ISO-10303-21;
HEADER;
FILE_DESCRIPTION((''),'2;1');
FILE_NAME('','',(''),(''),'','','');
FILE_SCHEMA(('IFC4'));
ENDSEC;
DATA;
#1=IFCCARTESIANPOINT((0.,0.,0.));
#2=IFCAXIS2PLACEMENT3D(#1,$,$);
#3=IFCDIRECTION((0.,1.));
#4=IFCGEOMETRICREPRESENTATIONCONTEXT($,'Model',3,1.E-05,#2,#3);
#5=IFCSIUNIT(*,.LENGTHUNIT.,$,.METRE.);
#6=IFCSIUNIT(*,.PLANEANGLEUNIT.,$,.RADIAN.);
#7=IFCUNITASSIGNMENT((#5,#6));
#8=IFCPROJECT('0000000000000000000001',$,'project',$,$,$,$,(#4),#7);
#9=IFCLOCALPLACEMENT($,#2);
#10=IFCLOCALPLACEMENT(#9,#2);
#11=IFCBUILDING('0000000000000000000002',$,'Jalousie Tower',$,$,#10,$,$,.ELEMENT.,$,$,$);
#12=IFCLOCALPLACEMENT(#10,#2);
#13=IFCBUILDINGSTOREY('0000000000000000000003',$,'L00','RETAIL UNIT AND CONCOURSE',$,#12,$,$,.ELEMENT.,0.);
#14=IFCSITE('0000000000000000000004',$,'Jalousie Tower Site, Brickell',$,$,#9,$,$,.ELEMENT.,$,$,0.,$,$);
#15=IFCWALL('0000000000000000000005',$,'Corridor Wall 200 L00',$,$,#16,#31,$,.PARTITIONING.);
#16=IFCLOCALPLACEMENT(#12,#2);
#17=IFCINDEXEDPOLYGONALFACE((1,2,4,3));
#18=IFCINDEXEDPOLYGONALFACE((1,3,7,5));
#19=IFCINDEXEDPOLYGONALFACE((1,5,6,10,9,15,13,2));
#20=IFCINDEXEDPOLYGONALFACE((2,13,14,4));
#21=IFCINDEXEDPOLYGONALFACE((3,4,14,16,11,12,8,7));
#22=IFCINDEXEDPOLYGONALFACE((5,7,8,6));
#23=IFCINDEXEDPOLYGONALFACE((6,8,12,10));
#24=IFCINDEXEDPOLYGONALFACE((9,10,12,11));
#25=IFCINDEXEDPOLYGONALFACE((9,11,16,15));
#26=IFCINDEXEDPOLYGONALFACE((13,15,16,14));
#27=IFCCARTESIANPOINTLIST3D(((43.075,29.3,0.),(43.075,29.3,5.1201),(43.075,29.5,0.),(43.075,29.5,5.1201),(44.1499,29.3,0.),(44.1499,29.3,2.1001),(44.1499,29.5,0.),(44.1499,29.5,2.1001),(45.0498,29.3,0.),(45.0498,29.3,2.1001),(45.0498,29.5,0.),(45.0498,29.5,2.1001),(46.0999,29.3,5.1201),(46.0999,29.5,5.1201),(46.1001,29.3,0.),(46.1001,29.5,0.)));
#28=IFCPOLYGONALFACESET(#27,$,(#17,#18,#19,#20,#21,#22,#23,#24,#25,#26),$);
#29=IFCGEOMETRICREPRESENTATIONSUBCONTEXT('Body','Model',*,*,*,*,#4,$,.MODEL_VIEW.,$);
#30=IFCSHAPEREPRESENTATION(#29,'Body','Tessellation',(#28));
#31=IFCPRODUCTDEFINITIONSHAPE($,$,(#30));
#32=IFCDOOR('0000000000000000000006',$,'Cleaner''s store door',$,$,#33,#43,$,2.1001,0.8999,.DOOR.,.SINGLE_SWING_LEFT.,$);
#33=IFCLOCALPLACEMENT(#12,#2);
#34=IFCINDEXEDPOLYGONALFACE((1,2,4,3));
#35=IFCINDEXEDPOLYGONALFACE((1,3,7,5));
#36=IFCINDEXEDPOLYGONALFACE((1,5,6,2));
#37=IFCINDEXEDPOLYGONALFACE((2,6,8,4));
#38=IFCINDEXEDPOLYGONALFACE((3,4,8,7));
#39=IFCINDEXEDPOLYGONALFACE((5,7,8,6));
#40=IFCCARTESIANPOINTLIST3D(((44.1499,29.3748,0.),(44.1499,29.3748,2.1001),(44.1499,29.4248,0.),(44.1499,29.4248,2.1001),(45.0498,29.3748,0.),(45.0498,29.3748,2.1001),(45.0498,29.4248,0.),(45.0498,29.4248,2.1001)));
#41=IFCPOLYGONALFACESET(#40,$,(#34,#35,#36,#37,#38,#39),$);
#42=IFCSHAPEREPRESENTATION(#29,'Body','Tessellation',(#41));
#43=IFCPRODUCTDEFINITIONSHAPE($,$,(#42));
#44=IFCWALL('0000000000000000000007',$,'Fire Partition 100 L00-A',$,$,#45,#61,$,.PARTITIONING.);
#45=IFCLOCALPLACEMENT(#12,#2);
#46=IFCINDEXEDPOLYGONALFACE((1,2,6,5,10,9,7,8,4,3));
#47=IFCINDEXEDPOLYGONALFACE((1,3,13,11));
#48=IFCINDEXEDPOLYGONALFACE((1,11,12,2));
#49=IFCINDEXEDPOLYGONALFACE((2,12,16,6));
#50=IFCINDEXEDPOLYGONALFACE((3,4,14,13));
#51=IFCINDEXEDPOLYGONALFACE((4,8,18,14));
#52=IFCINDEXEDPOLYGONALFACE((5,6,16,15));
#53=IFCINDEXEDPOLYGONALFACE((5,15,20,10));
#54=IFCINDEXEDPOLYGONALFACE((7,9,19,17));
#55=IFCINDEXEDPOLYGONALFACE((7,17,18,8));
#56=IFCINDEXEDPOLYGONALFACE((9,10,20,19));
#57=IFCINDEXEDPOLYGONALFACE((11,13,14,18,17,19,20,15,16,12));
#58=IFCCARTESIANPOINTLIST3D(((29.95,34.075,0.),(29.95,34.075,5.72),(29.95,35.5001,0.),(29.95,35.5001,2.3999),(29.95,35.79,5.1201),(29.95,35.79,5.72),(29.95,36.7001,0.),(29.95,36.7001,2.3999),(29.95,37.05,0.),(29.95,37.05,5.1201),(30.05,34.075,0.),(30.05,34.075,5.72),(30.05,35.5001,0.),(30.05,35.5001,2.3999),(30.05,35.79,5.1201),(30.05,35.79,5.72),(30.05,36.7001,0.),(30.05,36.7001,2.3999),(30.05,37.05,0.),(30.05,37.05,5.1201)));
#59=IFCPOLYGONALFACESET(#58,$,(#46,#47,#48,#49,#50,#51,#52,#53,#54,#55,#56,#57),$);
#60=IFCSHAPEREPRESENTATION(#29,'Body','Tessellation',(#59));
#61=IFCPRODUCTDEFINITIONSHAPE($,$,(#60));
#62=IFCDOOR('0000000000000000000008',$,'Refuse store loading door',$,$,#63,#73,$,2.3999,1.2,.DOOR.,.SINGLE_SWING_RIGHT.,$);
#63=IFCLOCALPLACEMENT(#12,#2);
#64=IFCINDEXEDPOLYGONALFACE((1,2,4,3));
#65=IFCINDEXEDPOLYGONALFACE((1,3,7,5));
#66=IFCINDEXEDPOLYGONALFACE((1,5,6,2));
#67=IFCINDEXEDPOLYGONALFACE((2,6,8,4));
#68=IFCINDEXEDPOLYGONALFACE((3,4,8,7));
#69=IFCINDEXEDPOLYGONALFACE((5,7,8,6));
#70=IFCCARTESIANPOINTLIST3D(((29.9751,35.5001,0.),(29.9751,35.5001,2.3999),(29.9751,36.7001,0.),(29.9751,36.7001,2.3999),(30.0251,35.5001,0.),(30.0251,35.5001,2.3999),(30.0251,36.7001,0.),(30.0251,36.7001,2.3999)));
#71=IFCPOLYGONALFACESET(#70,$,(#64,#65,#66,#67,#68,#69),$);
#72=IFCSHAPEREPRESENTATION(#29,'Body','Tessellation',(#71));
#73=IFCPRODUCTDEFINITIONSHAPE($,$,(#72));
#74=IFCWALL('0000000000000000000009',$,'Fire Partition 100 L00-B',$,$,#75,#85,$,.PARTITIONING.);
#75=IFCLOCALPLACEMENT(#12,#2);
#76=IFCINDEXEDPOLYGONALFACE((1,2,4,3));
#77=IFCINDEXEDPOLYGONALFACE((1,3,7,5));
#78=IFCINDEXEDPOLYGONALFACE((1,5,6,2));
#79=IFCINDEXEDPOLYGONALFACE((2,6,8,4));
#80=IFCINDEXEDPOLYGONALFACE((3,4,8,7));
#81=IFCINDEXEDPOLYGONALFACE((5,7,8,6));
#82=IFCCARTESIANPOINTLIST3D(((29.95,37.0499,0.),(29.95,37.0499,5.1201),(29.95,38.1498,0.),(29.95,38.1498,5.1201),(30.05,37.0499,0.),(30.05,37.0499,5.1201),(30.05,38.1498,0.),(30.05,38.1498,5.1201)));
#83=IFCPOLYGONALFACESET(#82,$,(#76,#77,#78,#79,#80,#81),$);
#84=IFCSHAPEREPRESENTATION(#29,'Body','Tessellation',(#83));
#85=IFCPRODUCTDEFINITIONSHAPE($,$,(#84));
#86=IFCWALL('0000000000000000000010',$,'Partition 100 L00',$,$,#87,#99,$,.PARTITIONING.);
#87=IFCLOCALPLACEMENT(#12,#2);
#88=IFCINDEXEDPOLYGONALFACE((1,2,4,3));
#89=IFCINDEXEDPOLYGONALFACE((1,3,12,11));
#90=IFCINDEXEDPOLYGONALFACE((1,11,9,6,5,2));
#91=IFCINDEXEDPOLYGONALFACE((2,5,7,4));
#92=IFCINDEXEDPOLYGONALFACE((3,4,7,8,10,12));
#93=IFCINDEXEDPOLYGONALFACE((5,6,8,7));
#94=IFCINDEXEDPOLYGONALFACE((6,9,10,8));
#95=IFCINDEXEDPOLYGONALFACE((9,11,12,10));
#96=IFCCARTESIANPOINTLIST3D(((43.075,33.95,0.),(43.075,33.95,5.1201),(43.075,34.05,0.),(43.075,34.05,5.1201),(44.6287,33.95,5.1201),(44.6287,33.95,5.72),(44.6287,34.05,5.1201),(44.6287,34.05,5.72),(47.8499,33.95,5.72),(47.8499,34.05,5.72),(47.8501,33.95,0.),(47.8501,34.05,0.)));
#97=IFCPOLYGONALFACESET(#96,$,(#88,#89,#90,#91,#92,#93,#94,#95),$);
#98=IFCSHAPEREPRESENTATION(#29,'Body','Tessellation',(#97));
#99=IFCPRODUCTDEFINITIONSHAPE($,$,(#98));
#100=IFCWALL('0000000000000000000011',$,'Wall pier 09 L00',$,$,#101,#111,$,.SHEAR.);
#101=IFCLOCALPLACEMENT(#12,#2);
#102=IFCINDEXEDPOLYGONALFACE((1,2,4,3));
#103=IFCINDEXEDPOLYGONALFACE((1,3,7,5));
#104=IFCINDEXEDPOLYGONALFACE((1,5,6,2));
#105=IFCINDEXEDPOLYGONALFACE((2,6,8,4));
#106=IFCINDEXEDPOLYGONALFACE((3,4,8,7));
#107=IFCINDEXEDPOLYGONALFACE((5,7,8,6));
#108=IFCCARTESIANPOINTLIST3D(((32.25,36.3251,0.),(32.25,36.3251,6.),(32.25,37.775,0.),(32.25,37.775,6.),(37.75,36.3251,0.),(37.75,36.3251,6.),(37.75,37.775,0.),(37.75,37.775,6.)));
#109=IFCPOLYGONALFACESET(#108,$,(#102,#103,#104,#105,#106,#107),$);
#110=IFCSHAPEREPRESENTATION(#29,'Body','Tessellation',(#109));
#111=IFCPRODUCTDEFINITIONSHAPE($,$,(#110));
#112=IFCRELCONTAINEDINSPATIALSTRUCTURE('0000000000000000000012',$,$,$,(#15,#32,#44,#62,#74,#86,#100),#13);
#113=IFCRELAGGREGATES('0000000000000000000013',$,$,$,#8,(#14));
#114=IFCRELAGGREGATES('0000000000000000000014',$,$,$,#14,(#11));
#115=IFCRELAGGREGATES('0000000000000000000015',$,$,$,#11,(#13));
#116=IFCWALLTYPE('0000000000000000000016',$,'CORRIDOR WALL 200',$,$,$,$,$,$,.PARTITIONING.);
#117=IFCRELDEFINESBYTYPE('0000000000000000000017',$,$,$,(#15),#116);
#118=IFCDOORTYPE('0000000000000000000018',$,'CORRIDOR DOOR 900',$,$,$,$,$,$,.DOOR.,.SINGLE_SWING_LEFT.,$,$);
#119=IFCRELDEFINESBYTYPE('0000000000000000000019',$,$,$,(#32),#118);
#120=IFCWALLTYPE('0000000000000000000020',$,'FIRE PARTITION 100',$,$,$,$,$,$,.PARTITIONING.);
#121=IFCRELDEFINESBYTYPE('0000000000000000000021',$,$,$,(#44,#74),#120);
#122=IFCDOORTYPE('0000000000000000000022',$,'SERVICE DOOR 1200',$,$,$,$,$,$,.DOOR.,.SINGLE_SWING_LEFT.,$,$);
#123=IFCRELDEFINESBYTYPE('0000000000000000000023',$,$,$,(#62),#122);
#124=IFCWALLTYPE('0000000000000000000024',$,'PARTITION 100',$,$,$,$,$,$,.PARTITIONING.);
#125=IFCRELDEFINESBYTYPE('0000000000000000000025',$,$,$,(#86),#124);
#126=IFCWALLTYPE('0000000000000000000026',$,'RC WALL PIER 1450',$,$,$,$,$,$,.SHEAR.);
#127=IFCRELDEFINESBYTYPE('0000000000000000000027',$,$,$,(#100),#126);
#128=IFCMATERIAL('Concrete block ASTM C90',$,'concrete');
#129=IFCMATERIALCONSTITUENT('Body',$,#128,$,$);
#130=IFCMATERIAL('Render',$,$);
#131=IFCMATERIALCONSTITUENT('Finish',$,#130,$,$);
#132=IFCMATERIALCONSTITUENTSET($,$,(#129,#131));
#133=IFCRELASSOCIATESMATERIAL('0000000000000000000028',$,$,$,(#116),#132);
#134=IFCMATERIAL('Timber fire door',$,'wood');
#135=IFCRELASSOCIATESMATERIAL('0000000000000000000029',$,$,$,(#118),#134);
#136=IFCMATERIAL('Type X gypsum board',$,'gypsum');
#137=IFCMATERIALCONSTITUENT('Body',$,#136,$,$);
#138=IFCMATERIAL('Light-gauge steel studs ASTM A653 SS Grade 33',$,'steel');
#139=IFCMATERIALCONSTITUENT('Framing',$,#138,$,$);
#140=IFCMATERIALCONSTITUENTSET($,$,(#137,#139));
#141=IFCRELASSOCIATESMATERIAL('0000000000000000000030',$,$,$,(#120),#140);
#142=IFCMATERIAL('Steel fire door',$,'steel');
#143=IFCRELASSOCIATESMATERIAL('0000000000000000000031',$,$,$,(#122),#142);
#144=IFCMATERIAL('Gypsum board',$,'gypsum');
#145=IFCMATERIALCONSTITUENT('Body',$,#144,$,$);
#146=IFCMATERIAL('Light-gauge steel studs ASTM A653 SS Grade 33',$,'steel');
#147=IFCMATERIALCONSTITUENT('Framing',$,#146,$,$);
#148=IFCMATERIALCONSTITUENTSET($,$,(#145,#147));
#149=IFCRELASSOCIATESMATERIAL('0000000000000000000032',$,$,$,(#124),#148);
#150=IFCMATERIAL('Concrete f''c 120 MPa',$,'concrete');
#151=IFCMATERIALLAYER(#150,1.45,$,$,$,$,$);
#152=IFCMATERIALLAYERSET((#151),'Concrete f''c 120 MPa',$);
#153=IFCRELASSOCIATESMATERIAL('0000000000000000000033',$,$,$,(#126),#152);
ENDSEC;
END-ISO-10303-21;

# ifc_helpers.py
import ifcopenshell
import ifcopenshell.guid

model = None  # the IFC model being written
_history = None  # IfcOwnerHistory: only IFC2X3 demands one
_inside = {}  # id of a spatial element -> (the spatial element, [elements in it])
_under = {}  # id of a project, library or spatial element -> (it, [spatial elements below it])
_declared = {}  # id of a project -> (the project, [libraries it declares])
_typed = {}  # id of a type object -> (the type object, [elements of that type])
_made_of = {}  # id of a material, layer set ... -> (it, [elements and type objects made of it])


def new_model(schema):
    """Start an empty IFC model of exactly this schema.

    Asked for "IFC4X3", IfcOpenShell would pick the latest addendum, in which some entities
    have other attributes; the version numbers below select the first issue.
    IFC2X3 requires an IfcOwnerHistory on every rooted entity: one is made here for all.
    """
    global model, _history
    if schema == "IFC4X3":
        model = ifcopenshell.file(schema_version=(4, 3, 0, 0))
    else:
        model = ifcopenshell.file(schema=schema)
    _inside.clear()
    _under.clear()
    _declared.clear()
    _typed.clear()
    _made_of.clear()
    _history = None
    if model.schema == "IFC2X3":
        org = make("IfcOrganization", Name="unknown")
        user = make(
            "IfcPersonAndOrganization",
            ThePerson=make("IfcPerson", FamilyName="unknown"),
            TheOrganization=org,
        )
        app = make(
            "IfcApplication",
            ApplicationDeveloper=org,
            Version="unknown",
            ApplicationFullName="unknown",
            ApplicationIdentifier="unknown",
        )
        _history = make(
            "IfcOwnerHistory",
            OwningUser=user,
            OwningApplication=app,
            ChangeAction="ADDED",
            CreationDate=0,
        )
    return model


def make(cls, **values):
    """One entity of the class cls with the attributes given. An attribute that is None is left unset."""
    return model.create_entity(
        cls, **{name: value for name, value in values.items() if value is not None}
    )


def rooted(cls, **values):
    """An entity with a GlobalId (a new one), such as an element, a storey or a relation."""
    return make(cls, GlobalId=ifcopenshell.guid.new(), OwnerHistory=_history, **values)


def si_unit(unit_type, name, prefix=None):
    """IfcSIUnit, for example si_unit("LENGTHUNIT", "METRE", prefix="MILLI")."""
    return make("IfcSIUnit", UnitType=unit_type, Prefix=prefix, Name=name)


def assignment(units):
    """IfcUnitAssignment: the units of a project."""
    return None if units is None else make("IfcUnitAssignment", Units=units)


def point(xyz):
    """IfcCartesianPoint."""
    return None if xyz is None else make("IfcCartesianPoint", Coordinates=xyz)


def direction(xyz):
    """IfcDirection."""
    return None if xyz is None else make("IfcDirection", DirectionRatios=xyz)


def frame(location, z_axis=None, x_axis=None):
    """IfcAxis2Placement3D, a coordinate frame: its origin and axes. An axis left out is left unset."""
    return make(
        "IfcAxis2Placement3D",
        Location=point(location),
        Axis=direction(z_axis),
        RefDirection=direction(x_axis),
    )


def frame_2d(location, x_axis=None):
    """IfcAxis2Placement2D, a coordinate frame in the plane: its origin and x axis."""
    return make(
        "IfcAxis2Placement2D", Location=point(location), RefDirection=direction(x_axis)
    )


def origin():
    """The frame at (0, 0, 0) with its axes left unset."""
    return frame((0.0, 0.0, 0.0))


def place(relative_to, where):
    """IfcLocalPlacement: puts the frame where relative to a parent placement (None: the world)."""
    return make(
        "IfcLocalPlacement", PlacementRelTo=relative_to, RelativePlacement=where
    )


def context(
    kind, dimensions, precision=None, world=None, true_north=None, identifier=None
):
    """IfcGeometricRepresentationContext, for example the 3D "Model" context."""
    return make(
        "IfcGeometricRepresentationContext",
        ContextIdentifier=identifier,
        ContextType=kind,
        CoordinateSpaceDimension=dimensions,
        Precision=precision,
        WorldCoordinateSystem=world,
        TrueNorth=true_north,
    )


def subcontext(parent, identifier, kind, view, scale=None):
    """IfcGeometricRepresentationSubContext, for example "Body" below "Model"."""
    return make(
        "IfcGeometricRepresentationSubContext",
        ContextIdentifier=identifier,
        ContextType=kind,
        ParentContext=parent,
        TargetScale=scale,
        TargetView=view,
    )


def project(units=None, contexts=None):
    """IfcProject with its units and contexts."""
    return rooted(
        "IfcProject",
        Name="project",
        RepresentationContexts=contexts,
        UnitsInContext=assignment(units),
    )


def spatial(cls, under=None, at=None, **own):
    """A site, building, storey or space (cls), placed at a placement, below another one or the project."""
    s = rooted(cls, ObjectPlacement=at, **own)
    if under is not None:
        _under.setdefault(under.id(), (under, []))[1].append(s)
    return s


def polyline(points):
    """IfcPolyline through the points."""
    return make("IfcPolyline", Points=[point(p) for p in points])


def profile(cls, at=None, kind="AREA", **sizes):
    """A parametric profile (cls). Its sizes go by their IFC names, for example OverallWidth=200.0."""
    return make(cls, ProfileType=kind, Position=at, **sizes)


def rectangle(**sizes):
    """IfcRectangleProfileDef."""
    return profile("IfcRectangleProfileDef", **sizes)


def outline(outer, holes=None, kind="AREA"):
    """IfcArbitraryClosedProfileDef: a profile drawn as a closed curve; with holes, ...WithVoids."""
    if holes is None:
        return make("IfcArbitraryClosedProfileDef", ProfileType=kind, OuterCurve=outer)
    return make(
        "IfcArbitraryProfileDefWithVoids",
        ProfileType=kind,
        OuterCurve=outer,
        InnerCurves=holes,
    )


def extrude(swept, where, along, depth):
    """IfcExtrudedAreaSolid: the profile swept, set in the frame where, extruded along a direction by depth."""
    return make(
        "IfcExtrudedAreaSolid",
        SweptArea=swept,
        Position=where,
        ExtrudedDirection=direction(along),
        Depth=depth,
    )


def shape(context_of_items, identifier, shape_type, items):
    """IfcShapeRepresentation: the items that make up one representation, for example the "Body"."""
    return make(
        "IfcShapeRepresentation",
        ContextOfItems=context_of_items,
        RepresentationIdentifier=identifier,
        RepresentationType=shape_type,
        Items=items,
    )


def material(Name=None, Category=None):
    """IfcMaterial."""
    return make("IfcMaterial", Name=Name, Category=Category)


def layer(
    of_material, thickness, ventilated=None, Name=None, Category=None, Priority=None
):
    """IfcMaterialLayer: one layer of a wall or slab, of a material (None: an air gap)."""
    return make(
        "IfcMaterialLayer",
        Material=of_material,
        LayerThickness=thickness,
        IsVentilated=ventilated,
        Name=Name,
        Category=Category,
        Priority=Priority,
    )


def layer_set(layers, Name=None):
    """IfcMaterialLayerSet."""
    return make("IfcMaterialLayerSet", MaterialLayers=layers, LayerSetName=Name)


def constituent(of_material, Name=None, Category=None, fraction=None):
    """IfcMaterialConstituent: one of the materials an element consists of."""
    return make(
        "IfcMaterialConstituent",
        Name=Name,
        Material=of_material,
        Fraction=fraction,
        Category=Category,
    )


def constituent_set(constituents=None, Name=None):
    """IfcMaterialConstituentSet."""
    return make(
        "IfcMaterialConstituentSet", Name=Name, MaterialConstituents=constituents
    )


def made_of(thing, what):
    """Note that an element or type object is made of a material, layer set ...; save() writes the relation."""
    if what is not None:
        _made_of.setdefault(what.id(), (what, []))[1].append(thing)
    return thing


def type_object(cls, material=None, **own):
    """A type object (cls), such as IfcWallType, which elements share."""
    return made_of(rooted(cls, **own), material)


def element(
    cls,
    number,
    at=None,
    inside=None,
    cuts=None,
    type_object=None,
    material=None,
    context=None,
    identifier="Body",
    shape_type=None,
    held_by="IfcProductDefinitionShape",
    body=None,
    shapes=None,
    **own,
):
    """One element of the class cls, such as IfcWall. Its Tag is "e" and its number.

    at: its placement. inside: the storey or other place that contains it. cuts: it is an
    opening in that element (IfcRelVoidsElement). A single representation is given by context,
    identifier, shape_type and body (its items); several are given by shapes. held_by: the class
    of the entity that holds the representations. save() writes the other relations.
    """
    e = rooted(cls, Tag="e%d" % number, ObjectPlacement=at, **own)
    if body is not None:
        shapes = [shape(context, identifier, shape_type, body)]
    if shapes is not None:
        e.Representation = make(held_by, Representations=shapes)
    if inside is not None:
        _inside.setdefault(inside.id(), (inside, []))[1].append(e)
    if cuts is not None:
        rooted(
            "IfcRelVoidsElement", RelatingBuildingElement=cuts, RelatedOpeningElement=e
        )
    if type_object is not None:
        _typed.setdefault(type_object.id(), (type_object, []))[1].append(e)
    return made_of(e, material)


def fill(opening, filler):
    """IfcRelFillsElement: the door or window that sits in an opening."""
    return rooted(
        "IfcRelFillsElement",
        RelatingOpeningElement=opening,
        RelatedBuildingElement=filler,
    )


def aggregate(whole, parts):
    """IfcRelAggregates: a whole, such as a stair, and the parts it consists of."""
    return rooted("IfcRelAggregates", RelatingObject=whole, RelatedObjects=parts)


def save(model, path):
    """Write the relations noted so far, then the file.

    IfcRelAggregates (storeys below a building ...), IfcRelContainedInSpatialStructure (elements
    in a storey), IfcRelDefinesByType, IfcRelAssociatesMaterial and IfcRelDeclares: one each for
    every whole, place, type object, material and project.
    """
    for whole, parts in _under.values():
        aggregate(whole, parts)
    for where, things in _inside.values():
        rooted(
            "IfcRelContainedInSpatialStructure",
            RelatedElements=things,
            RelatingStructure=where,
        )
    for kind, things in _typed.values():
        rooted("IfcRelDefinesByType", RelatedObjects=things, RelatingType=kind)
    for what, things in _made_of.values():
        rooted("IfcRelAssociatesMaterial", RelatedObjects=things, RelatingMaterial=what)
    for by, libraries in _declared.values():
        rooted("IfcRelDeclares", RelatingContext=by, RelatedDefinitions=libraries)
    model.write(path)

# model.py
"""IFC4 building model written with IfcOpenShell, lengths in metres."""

from ifc_helpers import new_model, si_unit, direction, frame, frame_2d, origin, place, context, subcontext, project, spatial, polyline, rectangle, outline, extrude, material, layer, layer_set, constituent, constituent_set, type_object, element, fill, save


model = new_model("IFC4")

# Units and contexts
model_context = context("Model", 3, precision=1e-05, world=origin(), true_north=direction((0.0, 1.0)))
body_context = subcontext(model_context, "Body", "Model", "MODEL_VIEW")
ifc_project = project(units=[si_unit("LENGTHUNIT", "METRE"), si_unit("PLANEANGLEUNIT", "RADIAN")], contexts=[model_context])

# Site, building, storey
site_placement = place(None, origin())
site = spatial("IfcSite", under=ifc_project, at=site_placement, Name="Jalousie Tower Site, Brickell", CompositionType="ELEMENT", RefElevation=0.0)
building_placement = place(site_placement, origin())
building = spatial("IfcBuilding", under=site, at=building_placement, Name="Jalousie Tower", CompositionType="ELEMENT")
storey_placement = place(building_placement, origin())
storey = spatial("IfcBuildingStorey", under=building, at=storey_placement, Name="L00", Description="RETAIL UNIT AND CONCOURSE", CompositionType="ELEMENT", Elevation=0.0)

# Walls, openings, doors
ifc_material_1 = material(Name="Concrete block ASTM C90", Category="concrete")
ifc_constituent_1 = constituent(ifc_material_1, Name="Body")
ifc_material_2 = material(Name="Render")
ifc_constituent_2 = constituent(ifc_material_2, Name="Finish")
ifc_constituent_set_1 = constituent_set(constituents=[ifc_constituent_1, ifc_constituent_2])
wall_type_1 = type_object("IfcWallType", Name="CORRIDOR WALL 200", PredefinedType="PARTITIONING", material=ifc_constituent_set_1)
ifc_material_3 = material(Name="Timber fire door", Category="wood")
door_type_1 = type_object("IfcDoorType", Name="CORRIDOR DOOR 900", OperationType="SINGLE_SWING_LEFT", PredefinedType="DOOR", material=ifc_material_3)
wall_1_placement = place(storey_placement, frame((43.075, 29.3999, 0.0), z_axis=(0.0, 0.0, 1.0), x_axis=(1.0, 0.0, 0.0)))
wall_1 = element("IfcWall", 1, at=wall_1_placement, inside=storey, type_object=wall_type_1, Name="Corridor Wall 200 L00", PredefinedType="PARTITIONING", context=body_context, shape_type="SweptSolid", body=[
    extrude(outline(polyline([(0.0, 0.0), (3.0251, 0.0), (3.0249, 5.72), (3.0249, 5.1201), (1.6035, 5.1201), (0.0, 5.1201), (0.0, 5.72), (0.0, 0.0)])), frame((0.0, 0.1001, 0.0), z_axis=(0.0, -1.0, 0.0), x_axis=(1.0, 0.0, 0.0)), (0.0, 0.0, 1.0), 0.2),
])
opening_1_placement = place(wall_1_placement, frame((1.075, 0.0, 0.0)))
opening_1 = element("IfcOpeningElement", 2, at=opening_1_placement, cuts=wall_1, PredefinedType="OPENING", context=body_context, shape_type="SweptSolid", body=[
    extrude(rectangle(XDim=0.8999, YDim=2.1001, at=frame_2d((0.45, 1.05))), frame((0.0, 0.1099, 0.0), z_axis=(0.0, -1.0, 0.0), x_axis=(1.0, 0.0, 0.0)), (0.0, 0.0, 1.0), 0.22),
])
door_1_placement = place(opening_1_placement, origin())
door_1 = element("IfcDoor", 3, at=door_1_placement, inside=storey, type_object=door_type_1, Name="Cleaner's store door", OperationType="SINGLE_SWING_LEFT", OverallHeight=2.1001, OverallWidth=0.8999, PredefinedType="DOOR", context=body_context, shape_type="SweptSolid", body=[
    extrude(rectangle(XDim=0.8999, YDim=2.1001, at=frame_2d((0.45, 1.05))), frame((0.0, 0.0249, 0.0), z_axis=(0.0, -1.0, 0.0), x_axis=(1.0, 0.0, 0.0)), (0.0, 0.0, 1.0), 0.05),
])
fill(opening_1, door_1)
ifc_material_4 = material(Name="Type X gypsum board", Category="gypsum")
ifc_constituent_3 = constituent(ifc_material_4, Name="Body")
ifc_material_5 = material(Name="Light-gauge steel studs ASTM A653 SS Grade 33", Category="steel")
ifc_constituent_4 = constituent(ifc_material_5, Name="Framing")
ifc_constituent_set_2 = constituent_set(constituents=[ifc_constituent_3, ifc_constituent_4])
wall_type_2 = type_object("IfcWallType", Name="FIRE PARTITION 100", PredefinedType="PARTITIONING", material=ifc_constituent_set_2)
wall_2_placement = place(storey_placement, frame((30.0, 34.075, 0.0), z_axis=(0.0, 0.0, 1.0), x_axis=(0.0, 1.0, 0.0)))
wall_2 = element("IfcWall", 4, at=wall_2_placement, inside=storey, type_object=wall_type_2, Name="Fire Partition 100 L00-A", PredefinedType="PARTITIONING", context=body_context, shape_type="SweptSolid", body=[
    extrude(outline(polyline([(0.0, 0.0), (2.9751, 0.0), (2.9751, 5.1201), (1.7151, 5.1201), (1.7151, 5.72), (0.0, 5.72), (0.0, 0.0)])), frame((0.0, 0.05, 0.0), z_axis=(0.0, -1.0, 0.0), x_axis=(1.0, 0.0, 0.0)), (0.0, 0.0, 1.0), 0.1001),
])
opening_2_placement = place(wall_2_placement, frame((1.425, 0.0, 0.0)))
opening_2 = element("IfcOpeningElement", 5, at=opening_2_placement, cuts=wall_2, PredefinedType="OPENING", context=body_context, shape_type="SweptSolid", body=[
    extrude(rectangle(XDim=1.2, YDim=2.3999, at=frame_2d((0.6001, 1.2))), frame((0.0, 0.0601, 0.0), z_axis=(0.0, -1.0, 0.0), x_axis=(1.0, 0.0, 0.0)), (0.0, 0.0, 1.0), 0.1201),
])
ifc_material_6 = material(Name="Steel fire door", Category="steel")
door_type_2 = type_object("IfcDoorType", Name="SERVICE DOOR 1200", OperationType="SINGLE_SWING_LEFT", PredefinedType="DOOR", material=ifc_material_6)
door_2_placement = place(opening_2_placement, origin())
door_2 = element("IfcDoor", 6, at=door_2_placement, inside=storey, type_object=door_type_2, Name="Refuse store loading door", OperationType="SINGLE_SWING_RIGHT", OverallHeight=2.3999, OverallWidth=1.2, PredefinedType="DOOR", context=body_context, shape_type="SweptSolid", body=[
    extrude(rectangle(XDim=1.2, YDim=2.3999, at=frame_2d((0.6001, 1.2))), frame((0.0, 0.0249, 0.0), z_axis=(0.0, -1.0, 0.0), x_axis=(1.0, 0.0, 0.0)), (0.0, 0.0, 1.0), 0.05),
])
fill(opening_2, door_2)

# Walls
wall_3_placement = place(storey_placement, frame((30.0, 37.05, 0.0), z_axis=(0.0, 0.0, 1.0), x_axis=(0.0, 1.0, 0.0)))
element("IfcWall", 7, at=wall_3_placement, inside=storey, type_object=wall_type_2, Name="Fire Partition 100 L00-B", PredefinedType="PARTITIONING", context=body_context, shape_type="SweptSolid", body=[
    extrude(rectangle(XDim=1.0999, YDim=0.1001, at=frame_2d((0.5498, 0.0))), origin(), (0.0, 0.0, 1.0), 5.1201),
])
ifc_material_7 = material(Name="Gypsum board", Category="gypsum")
ifc_constituent_5 = constituent(ifc_material_7, Name="Body")
ifc_material_8 = material(Name="Light-gauge steel studs ASTM A653 SS Grade 33", Category="steel")
ifc_constituent_6 = constituent(ifc_material_8, Name="Framing")
ifc_constituent_set_3 = constituent_set(constituents=[ifc_constituent_5, ifc_constituent_6])
wall_type_3 = type_object("IfcWallType", Name="PARTITION 100", PredefinedType="PARTITIONING", material=ifc_constituent_set_3)
wall_4_placement = place(storey_placement, frame((43.075, 34.0, 0.0), z_axis=(0.0, 0.0, 1.0), x_axis=(1.0, 0.0, 0.0)))
element("IfcWall", 8, at=wall_4_placement, inside=storey, type_object=wall_type_3, Name="Partition 100 L00", PredefinedType="PARTITIONING", context=body_context, shape_type="SweptSolid", body=[
    extrude(outline(polyline([(0.0, 0.0), (4.7751, 0.0), (4.7749, 5.72), (1.5537, 5.72), (1.5537, 5.1201), (0.0, 5.1201), (0.0, 5.72), (0.0, 0.0)])), frame((0.0, 0.05, 0.0), z_axis=(0.0, -1.0, 0.0), x_axis=(1.0, 0.0, 0.0)), (0.0, 0.0, 1.0), 0.1001),
])
ifc_material_9 = material(Name="Concrete f'c 120 MPa", Category="concrete")
ifc_layer_1 = layer(ifc_material_9, 1.45)
ifc_layer_set_1 = layer_set([ifc_layer_1], Name="Concrete f'c 120 MPa")
wall_type_4 = type_object("IfcWallType", Name="RC WALL PIER 1450", PredefinedType="SHEAR", material=ifc_layer_set_1)
wall_5_placement = place(storey_placement, frame((32.25, 37.05, 0.0), z_axis=(0.0, 0.0, 1.0), x_axis=(1.0, 0.0, 0.0)))
element("IfcWall", 9, at=wall_5_placement, inside=storey, type_object=wall_type_4, Name="Wall pier 09 L00", PredefinedType="SHEAR", context=body_context, shape_type="SweptSolid", body=[
    extrude(rectangle(XDim=5.5, YDim=1.45, at=frame_2d((2.75, 0.0))), origin(), (0.0, 0.0, 1.0), 6.0),
])

save(model, "model.ifc")
